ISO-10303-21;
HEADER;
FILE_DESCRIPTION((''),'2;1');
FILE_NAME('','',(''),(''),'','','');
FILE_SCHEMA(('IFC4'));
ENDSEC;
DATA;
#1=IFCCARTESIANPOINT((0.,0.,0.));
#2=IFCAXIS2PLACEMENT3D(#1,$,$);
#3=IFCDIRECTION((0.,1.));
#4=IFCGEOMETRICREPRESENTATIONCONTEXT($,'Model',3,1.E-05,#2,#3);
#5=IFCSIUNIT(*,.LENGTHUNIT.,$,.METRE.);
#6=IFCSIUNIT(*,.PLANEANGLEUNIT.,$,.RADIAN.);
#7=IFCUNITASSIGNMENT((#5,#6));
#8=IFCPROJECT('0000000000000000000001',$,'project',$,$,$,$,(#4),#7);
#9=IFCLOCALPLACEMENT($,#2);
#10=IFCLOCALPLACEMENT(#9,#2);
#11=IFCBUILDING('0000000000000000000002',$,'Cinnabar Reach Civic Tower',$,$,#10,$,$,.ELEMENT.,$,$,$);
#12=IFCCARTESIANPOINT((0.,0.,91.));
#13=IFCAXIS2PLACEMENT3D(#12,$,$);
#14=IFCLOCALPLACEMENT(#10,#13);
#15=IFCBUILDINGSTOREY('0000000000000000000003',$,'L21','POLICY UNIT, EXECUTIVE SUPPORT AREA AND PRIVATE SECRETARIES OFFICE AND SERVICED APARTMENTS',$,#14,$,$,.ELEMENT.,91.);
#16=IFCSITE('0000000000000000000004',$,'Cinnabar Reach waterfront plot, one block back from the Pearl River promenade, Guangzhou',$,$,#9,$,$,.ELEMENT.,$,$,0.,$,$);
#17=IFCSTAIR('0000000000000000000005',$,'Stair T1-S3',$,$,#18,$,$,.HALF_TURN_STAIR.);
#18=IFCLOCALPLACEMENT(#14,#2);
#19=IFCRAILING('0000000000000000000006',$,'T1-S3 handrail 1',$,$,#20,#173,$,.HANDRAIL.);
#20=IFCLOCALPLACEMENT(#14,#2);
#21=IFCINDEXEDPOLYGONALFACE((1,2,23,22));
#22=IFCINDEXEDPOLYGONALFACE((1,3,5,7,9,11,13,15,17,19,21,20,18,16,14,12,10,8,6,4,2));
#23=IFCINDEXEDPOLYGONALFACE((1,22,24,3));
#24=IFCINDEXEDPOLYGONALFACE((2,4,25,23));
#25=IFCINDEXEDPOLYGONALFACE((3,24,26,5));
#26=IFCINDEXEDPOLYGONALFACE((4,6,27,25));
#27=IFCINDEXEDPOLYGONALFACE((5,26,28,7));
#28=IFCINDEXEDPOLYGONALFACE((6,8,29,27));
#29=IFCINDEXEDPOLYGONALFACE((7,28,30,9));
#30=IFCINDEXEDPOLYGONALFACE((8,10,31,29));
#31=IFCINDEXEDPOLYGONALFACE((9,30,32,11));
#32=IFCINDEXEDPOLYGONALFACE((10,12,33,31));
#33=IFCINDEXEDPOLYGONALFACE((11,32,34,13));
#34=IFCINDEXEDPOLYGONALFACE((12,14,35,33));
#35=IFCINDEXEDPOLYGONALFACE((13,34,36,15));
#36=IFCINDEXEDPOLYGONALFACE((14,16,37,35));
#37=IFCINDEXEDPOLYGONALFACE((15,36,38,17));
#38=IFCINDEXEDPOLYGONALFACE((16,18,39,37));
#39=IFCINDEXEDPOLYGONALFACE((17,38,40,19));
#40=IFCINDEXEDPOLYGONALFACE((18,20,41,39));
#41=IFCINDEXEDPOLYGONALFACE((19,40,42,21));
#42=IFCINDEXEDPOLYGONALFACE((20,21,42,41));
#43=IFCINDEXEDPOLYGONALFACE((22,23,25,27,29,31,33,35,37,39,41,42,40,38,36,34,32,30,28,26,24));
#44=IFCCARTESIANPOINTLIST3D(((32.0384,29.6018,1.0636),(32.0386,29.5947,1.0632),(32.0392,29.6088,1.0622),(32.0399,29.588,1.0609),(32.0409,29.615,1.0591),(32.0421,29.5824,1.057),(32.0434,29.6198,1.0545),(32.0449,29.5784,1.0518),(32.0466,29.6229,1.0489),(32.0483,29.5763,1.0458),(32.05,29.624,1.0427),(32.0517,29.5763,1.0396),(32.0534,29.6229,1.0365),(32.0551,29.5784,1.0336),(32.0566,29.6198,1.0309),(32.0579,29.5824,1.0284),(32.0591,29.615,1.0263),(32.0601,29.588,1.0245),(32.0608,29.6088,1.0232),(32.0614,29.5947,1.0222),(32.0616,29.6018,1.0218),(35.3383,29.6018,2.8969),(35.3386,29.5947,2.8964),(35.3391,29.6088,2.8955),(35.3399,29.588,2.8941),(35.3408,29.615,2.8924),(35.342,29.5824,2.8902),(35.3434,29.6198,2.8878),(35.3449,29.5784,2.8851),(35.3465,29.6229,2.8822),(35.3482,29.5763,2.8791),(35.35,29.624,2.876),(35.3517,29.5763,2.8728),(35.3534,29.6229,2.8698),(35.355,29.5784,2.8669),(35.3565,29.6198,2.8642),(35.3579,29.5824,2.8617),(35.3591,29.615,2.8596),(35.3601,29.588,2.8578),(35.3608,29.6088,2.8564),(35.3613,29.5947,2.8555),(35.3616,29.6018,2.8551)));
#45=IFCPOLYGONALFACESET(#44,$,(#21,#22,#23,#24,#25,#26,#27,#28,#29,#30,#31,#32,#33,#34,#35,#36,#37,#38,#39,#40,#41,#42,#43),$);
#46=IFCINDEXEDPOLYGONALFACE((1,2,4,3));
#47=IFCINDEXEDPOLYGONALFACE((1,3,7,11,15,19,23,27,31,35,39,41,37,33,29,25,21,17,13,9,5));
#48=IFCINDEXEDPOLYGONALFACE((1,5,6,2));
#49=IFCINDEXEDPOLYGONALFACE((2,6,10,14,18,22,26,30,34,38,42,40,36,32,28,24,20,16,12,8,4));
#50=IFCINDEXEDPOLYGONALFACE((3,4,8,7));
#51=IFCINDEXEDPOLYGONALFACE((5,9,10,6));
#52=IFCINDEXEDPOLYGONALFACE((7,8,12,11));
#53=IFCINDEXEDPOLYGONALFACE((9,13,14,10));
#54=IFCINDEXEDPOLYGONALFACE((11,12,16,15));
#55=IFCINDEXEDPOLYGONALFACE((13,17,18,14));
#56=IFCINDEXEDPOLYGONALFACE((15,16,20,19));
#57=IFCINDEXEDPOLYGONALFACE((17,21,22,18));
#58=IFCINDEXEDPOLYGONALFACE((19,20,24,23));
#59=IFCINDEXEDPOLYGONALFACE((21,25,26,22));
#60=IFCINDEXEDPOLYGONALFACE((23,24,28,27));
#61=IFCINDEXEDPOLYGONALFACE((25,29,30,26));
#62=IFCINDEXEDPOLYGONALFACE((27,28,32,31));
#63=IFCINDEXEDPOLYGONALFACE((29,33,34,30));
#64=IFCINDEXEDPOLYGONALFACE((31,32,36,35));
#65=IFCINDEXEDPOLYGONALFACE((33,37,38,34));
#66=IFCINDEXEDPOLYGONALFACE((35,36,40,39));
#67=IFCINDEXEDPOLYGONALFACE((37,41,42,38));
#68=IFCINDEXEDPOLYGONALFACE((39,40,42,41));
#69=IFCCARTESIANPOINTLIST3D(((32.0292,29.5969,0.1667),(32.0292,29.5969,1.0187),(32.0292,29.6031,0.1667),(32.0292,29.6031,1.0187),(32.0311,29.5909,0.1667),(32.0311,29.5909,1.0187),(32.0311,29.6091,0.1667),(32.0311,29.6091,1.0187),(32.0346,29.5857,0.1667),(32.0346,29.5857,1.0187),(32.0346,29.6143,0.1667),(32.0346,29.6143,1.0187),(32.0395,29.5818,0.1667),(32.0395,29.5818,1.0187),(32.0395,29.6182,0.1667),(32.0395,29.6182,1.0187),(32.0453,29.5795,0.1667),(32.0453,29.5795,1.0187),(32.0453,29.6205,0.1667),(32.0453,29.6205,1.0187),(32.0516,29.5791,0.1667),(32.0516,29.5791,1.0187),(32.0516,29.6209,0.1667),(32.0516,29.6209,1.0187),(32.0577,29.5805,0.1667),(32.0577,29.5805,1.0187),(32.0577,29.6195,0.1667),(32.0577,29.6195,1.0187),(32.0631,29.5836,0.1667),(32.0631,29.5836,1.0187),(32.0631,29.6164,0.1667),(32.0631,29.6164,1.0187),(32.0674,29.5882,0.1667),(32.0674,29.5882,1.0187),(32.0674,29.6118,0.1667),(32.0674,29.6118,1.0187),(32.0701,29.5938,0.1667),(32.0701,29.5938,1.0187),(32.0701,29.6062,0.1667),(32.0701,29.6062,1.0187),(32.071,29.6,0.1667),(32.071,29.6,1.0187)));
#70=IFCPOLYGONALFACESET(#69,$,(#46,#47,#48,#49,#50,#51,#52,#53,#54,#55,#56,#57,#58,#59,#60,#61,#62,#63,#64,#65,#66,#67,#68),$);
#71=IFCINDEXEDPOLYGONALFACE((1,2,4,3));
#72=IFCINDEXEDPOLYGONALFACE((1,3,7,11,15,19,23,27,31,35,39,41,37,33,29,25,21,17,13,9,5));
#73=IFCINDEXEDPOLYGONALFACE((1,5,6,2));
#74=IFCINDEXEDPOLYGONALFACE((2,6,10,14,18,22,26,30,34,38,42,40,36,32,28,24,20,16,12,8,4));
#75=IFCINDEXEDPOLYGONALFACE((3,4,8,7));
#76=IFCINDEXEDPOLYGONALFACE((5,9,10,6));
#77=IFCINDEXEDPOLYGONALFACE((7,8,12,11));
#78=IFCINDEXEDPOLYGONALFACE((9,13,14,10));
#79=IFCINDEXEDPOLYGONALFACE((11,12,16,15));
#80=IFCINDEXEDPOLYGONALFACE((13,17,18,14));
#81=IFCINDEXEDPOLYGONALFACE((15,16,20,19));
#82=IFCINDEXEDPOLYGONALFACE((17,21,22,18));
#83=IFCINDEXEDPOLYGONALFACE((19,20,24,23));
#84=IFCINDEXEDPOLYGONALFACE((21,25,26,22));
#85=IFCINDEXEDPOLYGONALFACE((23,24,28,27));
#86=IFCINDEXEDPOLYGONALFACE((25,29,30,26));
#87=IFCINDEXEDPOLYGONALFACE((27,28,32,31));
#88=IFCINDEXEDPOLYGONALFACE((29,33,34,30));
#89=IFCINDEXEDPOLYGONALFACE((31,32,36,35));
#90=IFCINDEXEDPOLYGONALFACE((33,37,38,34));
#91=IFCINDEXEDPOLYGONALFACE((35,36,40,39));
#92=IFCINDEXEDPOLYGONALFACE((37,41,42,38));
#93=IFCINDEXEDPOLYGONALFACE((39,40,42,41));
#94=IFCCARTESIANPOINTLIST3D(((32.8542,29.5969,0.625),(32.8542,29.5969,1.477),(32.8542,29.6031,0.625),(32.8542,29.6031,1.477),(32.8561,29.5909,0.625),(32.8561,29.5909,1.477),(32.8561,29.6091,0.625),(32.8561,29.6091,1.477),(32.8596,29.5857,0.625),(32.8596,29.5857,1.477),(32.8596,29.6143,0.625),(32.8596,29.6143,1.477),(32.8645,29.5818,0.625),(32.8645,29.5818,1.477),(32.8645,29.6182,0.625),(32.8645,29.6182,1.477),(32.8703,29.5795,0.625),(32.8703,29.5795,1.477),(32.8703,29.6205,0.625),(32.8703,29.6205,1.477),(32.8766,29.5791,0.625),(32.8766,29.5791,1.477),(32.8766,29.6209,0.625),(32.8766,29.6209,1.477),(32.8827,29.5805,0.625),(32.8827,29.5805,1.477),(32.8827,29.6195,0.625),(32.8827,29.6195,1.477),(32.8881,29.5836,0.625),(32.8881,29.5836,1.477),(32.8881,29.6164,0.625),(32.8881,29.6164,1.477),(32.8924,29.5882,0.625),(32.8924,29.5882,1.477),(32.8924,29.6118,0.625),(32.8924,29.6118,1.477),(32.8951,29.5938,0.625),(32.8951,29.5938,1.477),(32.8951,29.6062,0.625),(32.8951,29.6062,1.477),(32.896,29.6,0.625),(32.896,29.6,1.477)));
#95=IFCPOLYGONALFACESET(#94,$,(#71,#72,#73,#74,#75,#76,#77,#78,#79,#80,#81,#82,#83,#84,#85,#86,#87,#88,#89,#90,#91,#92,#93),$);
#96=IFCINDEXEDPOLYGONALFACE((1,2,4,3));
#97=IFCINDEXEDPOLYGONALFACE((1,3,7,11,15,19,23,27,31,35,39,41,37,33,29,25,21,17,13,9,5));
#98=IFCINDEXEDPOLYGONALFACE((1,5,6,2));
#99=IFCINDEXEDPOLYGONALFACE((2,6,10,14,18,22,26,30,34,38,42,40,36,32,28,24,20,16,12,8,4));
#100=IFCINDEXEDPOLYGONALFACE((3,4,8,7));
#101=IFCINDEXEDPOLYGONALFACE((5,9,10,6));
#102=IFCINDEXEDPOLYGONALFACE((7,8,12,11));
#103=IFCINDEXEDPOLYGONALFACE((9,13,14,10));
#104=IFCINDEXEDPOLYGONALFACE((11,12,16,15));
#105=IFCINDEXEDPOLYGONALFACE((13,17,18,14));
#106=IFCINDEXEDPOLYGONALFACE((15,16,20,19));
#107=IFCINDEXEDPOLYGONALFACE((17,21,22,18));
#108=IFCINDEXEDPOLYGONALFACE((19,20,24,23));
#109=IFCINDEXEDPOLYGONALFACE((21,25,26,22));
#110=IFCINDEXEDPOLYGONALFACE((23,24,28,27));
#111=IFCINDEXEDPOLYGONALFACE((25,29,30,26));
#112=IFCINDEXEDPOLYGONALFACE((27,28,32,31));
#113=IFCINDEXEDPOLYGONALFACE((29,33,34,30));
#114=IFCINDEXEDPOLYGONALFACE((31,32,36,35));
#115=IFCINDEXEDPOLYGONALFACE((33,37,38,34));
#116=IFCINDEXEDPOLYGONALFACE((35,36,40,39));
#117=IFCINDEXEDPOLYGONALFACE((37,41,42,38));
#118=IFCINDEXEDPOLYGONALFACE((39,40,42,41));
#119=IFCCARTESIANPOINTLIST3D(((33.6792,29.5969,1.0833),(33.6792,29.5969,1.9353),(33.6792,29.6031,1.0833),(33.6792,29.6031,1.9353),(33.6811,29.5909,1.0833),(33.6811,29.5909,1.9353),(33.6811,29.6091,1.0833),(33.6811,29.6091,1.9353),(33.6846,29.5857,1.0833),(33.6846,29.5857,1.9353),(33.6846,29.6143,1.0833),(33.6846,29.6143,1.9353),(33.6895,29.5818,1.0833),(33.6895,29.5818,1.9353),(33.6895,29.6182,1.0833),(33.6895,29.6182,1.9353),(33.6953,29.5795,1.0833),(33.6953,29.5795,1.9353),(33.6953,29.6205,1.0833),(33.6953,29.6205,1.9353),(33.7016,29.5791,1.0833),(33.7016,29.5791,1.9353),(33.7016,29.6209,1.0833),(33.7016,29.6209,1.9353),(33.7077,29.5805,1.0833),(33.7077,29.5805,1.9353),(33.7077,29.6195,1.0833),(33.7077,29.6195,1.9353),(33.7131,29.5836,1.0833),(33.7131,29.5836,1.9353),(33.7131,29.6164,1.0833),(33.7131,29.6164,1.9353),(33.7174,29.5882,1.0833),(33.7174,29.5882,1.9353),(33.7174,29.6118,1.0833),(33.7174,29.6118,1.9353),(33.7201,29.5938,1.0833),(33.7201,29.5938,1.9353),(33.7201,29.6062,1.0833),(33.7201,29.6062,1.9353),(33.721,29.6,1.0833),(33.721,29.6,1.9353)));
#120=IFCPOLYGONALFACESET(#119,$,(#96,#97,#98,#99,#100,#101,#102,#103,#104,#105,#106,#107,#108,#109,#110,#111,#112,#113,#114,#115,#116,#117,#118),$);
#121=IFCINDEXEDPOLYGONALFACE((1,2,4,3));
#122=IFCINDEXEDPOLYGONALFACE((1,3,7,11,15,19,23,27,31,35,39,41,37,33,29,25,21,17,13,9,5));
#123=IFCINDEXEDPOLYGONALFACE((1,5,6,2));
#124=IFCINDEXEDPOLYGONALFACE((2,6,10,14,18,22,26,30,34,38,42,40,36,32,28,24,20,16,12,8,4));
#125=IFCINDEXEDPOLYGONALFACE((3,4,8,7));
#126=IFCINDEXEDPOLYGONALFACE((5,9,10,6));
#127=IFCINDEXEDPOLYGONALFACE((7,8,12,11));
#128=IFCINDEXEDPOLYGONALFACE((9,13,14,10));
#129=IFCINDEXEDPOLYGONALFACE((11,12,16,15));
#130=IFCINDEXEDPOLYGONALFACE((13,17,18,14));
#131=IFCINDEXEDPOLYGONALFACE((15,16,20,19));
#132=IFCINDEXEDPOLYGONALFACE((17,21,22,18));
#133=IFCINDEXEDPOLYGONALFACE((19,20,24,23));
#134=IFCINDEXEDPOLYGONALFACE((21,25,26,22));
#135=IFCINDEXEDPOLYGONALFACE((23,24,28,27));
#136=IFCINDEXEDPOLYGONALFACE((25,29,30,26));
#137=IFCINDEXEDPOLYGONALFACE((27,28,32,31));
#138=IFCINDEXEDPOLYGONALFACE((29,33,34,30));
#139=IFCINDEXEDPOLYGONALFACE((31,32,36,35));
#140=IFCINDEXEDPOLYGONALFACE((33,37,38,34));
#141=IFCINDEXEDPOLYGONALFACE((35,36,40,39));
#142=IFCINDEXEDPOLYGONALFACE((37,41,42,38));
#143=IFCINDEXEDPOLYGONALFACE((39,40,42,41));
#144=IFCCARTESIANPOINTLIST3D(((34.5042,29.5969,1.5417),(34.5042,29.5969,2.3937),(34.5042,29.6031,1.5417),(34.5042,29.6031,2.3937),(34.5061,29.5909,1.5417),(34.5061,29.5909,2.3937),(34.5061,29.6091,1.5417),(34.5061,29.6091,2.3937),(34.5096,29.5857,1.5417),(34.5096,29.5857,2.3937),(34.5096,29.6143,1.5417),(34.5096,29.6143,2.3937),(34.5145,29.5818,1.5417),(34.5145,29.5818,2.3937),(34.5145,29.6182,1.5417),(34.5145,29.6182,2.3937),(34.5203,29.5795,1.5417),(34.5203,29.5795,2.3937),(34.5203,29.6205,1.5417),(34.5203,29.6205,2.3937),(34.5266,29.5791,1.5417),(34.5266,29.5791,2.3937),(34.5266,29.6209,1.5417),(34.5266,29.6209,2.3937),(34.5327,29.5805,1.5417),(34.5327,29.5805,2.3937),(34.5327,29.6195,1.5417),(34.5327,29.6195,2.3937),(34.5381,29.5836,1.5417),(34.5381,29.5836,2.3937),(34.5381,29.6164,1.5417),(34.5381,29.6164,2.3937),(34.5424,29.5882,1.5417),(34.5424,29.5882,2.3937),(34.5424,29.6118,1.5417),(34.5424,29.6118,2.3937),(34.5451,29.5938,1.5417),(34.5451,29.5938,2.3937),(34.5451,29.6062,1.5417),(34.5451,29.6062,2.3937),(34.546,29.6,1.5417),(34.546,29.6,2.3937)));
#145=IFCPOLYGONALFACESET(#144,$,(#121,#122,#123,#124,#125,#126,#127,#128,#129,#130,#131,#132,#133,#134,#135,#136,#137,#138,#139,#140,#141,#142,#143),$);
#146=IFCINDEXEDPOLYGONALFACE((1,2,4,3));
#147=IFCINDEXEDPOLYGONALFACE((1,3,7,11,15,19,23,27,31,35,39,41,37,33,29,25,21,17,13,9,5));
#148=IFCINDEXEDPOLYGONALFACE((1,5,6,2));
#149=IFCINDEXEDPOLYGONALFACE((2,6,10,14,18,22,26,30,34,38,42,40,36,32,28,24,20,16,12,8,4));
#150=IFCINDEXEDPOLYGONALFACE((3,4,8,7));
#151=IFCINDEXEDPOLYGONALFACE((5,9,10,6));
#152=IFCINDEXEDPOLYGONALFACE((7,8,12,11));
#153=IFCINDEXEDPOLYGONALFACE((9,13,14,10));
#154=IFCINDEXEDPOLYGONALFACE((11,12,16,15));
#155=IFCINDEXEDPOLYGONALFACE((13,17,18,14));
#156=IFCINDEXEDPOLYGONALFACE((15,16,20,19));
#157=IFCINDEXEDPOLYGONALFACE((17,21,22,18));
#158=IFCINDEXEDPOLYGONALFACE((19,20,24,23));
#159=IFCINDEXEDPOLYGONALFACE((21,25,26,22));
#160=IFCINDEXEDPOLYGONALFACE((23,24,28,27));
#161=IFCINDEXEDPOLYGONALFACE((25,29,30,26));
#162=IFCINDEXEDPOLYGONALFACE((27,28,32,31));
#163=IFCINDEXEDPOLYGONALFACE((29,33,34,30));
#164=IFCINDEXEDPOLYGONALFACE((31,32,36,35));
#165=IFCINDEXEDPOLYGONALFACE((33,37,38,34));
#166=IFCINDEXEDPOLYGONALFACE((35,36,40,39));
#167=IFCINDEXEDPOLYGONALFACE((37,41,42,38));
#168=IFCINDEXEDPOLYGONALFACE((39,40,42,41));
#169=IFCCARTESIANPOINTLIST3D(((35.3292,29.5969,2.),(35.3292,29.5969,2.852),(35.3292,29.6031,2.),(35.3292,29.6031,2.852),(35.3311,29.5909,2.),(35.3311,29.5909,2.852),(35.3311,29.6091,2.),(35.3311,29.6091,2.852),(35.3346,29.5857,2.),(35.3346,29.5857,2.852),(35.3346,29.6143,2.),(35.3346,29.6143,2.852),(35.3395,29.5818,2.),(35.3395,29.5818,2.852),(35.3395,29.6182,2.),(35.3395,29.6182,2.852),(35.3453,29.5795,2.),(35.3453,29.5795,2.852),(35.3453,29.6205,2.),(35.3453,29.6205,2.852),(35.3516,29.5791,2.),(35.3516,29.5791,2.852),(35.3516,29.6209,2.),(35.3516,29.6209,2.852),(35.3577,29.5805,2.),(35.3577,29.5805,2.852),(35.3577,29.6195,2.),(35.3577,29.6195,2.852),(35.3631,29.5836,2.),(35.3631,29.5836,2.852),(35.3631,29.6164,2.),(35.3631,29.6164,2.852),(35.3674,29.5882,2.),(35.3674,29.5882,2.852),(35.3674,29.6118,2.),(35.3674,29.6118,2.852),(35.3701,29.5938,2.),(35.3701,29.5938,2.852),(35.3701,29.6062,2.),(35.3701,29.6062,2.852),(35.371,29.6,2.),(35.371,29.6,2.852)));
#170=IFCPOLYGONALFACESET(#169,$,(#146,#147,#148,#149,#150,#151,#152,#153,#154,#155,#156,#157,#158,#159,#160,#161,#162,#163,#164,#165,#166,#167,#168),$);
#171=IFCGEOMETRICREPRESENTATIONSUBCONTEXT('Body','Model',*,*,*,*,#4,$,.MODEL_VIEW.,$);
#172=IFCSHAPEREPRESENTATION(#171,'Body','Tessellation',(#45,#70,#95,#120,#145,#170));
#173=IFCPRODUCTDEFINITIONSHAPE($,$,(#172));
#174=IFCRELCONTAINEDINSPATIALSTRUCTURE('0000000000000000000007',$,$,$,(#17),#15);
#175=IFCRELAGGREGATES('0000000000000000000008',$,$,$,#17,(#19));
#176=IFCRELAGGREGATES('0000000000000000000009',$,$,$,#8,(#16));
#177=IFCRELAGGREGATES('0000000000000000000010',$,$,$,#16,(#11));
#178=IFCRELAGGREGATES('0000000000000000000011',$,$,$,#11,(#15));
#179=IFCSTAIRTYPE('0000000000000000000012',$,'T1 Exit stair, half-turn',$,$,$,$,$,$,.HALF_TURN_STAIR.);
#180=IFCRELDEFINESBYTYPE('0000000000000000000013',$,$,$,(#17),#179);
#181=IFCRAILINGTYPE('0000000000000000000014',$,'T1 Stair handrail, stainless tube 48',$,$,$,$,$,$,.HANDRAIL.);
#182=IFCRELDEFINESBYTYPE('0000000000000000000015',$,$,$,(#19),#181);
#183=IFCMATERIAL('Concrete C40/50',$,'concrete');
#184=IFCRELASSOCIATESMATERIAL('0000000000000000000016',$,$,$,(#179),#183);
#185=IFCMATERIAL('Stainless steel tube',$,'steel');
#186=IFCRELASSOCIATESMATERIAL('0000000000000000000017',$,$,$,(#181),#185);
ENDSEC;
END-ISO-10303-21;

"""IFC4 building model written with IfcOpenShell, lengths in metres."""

from ifc_helpers import new_model, si_unit, direction, frame, origin, origin_2d, place, context, subcontext, project, spatial, circle, extrude, material, type_object, element, aggregate, save


model = new_model("IFC4")

# Units and contexts
model_context = context("Model", 3, precision=1e-05, world=origin(), true_north=direction((0.0, 1.0)))
body_context = subcontext(model_context, "Body", "Model", "MODEL_VIEW")
ifc_project = project(units=[si_unit("LENGTHUNIT", "METRE"), si_unit("PLANEANGLEUNIT", "RADIAN")], contexts=[model_context])

# Site, building, storey
site_placement = place(None, origin())
site = spatial("IfcSite", under=ifc_project, at=site_placement, Name="Cinnabar Reach waterfront plot, one block back from the Pearl River promenade, Guangzhou", CompositionType="ELEMENT", RefElevation=0.0)
building_placement = place(site_placement, origin())
building = spatial("IfcBuilding", under=site, at=building_placement, Name="Cinnabar Reach Civic Tower", CompositionType="ELEMENT")
storey_placement = place(building_placement, frame((0.0, 0.0, 91.0)))
storey = spatial("IfcBuildingStorey", under=building, at=storey_placement, Name="L21", Description="POLICY UNIT, EXECUTIVE SUPPORT AREA AND PRIVATE SECRETARIES OFFICE AND SERVICED APARTMENTS", CompositionType="ELEMENT", Elevation=91.0)

# Stair, railing
ifc_material_1 = material(Name="Concrete C40/50", Category="concrete")
stair_type = type_object("IfcStairType", Name="T1 Exit stair, half-turn", PredefinedType="HALF_TURN_STAIR", material=ifc_material_1)
stair_placement = place(storey_placement, origin())
stair = element("IfcStair", 1, at=stair_placement, inside=storey, type_object=stair_type, Name="Stair T1-S3", PredefinedType="HALF_TURN_STAIR")
ifc_material_2 = material(Name="Stainless steel tube", Category="steel")
railing_type = type_object("IfcRailingType", Name="T1 Stair handrail, stainless tube 48", PredefinedType="HANDRAIL", material=ifc_material_2)
railing_1_placement = place(storey_placement, frame((32.05, 29.6, 0.1667)))
railing_1 = element("IfcRailing", 2, at=railing_1_placement, type_object=railing_type, Name="T1-S3 handrail 1", PredefinedType="HANDRAIL", context=body_context, shape_type="SweptSolid", body=[
    extrude(circle(Radius=0.024, at=origin_2d()), frame((0.0, 0.0, 0.876), z_axis=(0.874161, 0.0, 0.485636), x_axis=(0.0, 1.0, 0.0)), (0.0, 0.0, 1.0), 3.775),
    extrude(circle(Radius=0.021, at=origin_2d()), origin(), (0.0, 0.0, 1.0), 0.852),
    extrude(circle(Radius=0.021, at=origin_2d()), frame((0.825, 0.0, 0.4583)), (0.0, 0.0, 1.0), 0.852),
    extrude(circle(Radius=0.021, at=origin_2d()), frame((1.65, 0.0, 0.9166)), (0.0, 0.0, 1.0), 0.852),
    extrude(circle(Radius=0.021, at=origin_2d()), frame((2.475, 0.0, 1.375)), (0.0, 0.0, 1.0), 0.852),
    extrude(circle(Radius=0.021, at=origin_2d()), frame((3.3, 0.0, 1.8333)), (0.0, 0.0, 1.0), 0.852),
])
aggregate(stair, [railing_1])

save(model, "model.ifc")
